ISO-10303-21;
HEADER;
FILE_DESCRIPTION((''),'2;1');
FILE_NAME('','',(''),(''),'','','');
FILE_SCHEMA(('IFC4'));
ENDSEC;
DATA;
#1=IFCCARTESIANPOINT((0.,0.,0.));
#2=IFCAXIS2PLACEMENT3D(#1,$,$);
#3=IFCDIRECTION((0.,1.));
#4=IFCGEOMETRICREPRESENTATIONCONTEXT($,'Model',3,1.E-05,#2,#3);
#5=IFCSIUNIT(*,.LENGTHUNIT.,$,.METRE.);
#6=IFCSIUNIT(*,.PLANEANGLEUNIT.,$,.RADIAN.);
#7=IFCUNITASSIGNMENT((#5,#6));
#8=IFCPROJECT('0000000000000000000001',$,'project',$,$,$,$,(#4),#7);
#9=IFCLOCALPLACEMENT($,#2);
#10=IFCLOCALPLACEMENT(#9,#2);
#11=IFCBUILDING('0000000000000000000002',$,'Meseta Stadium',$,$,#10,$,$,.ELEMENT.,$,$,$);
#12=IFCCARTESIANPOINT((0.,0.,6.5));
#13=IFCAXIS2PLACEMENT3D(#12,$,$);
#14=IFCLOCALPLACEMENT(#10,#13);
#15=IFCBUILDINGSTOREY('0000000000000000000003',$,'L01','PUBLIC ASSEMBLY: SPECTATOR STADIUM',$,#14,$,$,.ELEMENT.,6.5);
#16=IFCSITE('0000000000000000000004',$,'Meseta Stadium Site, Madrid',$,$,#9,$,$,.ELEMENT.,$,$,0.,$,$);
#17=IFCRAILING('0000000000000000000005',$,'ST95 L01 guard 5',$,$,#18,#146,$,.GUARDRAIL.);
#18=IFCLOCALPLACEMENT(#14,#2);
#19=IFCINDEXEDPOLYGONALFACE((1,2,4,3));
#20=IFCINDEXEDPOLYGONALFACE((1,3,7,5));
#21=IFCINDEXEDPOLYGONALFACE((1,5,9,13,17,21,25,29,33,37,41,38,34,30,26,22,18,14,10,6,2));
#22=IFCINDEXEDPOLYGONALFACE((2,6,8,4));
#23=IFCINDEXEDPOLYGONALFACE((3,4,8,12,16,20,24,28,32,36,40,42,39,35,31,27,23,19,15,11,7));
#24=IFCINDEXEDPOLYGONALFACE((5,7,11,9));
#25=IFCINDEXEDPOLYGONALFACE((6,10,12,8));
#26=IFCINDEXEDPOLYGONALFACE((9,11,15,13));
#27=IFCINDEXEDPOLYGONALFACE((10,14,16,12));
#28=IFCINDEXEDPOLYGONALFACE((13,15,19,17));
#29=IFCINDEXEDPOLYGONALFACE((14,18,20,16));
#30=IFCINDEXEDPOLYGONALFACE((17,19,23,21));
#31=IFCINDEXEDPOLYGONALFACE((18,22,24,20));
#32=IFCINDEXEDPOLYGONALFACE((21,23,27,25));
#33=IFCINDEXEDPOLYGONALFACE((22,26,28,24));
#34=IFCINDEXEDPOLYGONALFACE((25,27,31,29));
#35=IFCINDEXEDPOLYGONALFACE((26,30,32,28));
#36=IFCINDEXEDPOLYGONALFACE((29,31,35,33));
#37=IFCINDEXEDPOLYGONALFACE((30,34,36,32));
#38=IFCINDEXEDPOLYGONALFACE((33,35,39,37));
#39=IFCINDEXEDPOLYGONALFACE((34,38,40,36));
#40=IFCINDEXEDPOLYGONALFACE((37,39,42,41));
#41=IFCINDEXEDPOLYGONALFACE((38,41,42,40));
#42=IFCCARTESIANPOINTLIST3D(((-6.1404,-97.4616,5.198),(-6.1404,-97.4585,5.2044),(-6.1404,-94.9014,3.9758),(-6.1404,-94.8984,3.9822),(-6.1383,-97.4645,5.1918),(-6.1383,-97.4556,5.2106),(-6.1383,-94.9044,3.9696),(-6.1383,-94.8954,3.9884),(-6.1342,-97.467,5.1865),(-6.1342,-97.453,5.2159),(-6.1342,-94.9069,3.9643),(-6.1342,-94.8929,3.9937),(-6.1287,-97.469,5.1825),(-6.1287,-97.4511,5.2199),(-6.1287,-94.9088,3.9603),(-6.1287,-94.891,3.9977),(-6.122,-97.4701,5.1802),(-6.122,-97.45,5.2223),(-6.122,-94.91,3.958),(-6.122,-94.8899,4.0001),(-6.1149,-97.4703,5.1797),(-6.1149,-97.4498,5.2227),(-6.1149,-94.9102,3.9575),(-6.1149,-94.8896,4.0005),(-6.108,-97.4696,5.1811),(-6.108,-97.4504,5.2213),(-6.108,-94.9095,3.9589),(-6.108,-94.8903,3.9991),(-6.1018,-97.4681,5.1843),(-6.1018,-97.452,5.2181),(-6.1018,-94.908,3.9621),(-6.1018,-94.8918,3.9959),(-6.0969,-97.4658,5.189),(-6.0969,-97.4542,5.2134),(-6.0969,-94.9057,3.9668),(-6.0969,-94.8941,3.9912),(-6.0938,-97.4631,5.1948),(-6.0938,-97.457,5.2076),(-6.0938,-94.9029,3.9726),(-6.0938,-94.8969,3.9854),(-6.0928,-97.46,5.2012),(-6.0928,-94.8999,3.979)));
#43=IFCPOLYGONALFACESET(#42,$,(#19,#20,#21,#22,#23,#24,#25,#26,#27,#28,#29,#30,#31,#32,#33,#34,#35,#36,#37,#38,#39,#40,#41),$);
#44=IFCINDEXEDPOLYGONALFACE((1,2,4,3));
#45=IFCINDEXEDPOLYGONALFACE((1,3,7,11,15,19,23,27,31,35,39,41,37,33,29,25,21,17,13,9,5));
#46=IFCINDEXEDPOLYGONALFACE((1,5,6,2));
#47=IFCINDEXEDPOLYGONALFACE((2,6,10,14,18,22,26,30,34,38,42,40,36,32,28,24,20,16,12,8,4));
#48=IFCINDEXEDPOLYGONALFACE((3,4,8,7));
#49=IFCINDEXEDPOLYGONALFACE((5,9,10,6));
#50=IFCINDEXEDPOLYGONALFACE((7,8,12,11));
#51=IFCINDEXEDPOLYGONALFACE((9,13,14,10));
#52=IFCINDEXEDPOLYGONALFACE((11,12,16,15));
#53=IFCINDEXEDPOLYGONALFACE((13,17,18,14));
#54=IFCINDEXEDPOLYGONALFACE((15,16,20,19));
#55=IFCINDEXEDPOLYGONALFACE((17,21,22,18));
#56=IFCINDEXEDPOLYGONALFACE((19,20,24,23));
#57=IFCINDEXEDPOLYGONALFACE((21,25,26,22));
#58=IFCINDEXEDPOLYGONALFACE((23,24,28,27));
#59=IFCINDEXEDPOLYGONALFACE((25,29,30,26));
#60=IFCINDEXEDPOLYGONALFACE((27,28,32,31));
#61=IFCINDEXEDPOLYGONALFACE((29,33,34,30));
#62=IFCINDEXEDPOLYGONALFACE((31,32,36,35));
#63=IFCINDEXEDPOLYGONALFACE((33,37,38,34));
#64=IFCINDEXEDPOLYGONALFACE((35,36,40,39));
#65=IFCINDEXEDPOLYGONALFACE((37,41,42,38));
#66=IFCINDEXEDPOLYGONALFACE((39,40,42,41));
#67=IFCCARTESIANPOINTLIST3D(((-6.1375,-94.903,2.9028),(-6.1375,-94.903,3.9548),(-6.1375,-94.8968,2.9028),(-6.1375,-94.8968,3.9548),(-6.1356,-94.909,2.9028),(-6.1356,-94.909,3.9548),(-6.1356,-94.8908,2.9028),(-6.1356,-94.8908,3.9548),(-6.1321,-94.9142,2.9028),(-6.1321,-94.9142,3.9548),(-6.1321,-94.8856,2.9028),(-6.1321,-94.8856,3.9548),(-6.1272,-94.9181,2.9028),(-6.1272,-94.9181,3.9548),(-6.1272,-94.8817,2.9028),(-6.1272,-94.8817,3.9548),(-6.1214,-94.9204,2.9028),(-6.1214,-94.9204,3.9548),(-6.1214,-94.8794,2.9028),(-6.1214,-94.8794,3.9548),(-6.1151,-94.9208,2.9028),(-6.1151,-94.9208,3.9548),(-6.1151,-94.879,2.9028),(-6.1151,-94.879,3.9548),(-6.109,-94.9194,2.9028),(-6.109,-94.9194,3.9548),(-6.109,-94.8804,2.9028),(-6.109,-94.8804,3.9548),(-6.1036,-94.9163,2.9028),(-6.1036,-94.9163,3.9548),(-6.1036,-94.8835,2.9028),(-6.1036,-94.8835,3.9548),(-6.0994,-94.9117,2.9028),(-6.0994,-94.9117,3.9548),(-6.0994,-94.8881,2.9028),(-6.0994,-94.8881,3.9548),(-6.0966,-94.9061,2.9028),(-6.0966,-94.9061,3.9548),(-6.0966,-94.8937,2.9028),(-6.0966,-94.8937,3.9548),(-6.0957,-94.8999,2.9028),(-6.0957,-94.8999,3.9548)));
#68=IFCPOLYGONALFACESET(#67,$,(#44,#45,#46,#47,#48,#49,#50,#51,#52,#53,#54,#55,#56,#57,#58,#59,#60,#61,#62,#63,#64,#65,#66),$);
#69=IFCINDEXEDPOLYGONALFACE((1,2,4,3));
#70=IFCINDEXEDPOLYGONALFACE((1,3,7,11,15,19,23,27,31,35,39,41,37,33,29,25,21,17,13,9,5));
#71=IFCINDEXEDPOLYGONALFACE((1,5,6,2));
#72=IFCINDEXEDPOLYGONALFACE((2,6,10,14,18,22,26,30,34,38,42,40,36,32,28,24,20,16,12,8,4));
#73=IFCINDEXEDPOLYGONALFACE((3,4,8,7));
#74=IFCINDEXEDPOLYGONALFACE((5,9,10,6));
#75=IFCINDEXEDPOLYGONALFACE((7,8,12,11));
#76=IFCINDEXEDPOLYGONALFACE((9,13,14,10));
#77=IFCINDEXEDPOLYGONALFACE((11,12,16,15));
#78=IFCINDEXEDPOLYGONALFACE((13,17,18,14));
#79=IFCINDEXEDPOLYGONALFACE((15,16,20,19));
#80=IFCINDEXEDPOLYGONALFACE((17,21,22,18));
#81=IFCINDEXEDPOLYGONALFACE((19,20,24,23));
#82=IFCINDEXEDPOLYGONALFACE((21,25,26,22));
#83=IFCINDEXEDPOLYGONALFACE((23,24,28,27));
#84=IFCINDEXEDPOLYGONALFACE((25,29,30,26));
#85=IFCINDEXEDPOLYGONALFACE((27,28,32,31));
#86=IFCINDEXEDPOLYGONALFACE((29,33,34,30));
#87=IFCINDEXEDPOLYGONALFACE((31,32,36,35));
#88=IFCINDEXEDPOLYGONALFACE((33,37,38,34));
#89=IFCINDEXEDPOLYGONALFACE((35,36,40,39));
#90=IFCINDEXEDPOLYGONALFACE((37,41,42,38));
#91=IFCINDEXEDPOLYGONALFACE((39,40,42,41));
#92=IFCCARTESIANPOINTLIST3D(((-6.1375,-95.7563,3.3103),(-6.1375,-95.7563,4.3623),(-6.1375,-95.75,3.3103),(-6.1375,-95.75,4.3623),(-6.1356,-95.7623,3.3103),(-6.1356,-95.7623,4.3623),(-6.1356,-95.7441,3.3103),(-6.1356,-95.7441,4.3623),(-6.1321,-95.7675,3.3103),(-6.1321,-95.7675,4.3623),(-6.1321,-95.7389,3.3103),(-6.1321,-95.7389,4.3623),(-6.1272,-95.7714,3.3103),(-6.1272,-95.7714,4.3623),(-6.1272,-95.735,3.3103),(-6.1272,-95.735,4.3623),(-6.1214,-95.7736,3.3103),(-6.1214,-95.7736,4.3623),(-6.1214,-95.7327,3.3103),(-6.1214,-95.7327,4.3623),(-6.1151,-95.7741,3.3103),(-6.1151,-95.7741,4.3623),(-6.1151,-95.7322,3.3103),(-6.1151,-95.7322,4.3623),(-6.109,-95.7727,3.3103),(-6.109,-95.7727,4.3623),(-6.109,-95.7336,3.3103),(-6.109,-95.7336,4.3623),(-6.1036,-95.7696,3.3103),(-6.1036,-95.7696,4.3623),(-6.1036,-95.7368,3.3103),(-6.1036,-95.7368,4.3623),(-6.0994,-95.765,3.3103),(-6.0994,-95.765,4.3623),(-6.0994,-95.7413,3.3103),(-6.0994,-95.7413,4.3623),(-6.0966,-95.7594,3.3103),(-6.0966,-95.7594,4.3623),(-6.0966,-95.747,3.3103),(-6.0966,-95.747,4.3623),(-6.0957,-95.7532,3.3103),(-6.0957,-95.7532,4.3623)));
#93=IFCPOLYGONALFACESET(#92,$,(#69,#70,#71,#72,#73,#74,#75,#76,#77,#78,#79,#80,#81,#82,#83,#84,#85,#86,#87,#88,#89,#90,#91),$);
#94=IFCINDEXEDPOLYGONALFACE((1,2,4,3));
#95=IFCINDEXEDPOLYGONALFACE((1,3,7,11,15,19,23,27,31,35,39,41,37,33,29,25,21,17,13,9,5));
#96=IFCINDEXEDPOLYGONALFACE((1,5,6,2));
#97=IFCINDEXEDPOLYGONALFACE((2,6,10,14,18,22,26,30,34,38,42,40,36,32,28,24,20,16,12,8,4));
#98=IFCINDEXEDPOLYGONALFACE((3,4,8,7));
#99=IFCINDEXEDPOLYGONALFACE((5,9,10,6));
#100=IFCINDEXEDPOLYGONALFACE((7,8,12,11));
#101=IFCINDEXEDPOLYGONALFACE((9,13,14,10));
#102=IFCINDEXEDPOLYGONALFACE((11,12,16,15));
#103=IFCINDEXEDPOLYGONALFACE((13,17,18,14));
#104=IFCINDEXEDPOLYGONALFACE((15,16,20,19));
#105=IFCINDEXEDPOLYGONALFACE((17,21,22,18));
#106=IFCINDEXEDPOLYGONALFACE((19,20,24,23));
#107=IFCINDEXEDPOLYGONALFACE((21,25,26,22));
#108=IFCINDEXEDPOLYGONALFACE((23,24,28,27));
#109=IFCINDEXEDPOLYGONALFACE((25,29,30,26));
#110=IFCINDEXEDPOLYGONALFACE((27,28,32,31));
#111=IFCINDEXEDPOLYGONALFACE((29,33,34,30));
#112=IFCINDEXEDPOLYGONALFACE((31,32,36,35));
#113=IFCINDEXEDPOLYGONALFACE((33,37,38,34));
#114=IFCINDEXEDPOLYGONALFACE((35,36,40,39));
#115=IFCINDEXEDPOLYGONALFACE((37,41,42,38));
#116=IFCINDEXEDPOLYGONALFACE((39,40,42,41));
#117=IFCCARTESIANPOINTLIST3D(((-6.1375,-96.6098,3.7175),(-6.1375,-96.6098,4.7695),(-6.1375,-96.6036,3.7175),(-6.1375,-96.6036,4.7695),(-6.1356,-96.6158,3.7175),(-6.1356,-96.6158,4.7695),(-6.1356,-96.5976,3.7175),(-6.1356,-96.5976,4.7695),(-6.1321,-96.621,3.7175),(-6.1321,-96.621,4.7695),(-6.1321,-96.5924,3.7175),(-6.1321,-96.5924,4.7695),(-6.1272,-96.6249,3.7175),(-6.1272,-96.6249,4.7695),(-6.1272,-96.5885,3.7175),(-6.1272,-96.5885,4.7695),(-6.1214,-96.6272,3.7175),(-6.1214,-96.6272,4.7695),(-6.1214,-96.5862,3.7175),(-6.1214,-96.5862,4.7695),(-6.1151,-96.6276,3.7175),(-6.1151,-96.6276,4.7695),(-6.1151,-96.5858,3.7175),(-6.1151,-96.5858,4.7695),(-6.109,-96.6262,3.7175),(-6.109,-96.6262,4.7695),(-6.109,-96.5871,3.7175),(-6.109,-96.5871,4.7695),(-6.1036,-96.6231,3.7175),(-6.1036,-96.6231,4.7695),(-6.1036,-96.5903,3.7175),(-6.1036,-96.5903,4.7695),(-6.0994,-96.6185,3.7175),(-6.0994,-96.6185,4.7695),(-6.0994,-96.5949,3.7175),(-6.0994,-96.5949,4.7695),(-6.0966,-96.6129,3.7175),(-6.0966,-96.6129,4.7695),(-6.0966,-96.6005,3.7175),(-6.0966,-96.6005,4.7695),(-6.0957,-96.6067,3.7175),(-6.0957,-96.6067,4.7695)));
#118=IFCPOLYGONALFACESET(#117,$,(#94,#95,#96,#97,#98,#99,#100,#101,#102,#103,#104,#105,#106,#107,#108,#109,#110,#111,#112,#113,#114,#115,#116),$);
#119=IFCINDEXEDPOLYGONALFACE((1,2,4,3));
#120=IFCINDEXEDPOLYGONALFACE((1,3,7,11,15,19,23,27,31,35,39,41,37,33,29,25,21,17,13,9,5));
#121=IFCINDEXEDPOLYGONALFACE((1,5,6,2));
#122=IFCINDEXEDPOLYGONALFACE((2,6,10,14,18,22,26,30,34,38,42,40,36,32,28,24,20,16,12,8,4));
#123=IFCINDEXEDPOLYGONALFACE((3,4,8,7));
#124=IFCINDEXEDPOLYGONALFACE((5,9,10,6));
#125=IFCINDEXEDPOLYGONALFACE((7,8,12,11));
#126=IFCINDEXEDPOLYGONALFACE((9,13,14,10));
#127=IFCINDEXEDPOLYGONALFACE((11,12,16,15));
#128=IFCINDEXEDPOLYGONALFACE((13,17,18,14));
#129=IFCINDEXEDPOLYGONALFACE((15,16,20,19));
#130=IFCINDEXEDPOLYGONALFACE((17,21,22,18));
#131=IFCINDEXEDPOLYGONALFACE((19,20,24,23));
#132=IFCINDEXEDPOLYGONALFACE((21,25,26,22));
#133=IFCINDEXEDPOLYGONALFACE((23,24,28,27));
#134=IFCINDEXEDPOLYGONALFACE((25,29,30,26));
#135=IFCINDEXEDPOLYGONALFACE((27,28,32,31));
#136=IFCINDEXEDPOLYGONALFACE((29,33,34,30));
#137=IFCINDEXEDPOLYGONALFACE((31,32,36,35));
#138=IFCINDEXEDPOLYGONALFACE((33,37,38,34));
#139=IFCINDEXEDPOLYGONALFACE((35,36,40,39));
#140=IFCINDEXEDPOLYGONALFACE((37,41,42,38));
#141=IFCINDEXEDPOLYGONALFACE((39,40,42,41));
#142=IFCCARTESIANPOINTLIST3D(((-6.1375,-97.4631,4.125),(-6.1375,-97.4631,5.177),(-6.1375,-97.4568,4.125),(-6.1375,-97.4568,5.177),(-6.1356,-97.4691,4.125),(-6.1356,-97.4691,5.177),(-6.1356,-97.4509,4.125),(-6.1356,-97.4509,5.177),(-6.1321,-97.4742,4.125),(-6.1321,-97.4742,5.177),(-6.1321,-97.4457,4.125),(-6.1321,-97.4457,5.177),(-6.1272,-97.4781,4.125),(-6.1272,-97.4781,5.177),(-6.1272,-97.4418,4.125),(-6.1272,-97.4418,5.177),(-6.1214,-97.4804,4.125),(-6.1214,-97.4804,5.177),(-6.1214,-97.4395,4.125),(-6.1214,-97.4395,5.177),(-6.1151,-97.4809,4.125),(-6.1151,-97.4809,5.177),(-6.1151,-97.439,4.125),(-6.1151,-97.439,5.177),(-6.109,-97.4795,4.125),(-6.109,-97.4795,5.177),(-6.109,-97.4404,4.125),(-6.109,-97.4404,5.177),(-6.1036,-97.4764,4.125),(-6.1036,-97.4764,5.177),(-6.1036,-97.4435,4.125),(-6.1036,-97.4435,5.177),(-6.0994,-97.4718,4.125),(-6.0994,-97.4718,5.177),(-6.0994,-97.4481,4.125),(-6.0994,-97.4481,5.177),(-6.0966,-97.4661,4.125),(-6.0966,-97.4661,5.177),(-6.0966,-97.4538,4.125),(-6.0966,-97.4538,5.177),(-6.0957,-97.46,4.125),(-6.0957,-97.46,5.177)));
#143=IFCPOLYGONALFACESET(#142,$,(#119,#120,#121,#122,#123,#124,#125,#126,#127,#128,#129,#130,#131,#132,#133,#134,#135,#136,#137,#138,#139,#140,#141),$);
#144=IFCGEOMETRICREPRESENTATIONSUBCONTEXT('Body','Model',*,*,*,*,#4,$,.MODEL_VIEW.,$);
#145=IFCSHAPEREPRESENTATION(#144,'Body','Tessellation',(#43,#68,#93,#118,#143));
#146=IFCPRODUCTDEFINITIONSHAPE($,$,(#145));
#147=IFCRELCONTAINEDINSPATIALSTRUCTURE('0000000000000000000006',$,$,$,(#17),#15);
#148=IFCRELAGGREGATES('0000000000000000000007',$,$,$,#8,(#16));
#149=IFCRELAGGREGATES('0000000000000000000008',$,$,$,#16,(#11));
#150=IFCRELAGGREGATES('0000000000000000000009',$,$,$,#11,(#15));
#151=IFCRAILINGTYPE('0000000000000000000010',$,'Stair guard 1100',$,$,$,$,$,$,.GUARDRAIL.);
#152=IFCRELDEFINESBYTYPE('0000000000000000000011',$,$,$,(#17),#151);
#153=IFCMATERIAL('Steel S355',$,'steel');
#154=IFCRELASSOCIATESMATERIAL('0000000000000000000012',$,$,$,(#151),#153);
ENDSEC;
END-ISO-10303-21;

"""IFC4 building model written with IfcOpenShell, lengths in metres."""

from ifc_helpers import new_model, si_unit, direction, frame, origin, origin_2d, place, context, subcontext, project, spatial, circle, extrude, material, type_object, element, save


model = new_model("IFC4")

# Units and contexts
model_context = context("Model", 3, precision=1e-05, world=origin(), true_north=direction((0.0, 1.0)))
body_context = subcontext(model_context, "Body", "Model", "MODEL_VIEW")
ifc_project = project(units=[si_unit("LENGTHUNIT", "METRE"), si_unit("PLANEANGLEUNIT", "RADIAN")], contexts=[model_context])

# Site, building, storey
site_placement = place(None, origin())
site = spatial("IfcSite", under=ifc_project, at=site_placement, Name="Meseta Stadium Site, Madrid", CompositionType="ELEMENT", RefElevation=0.0)
building_placement = place(site_placement, origin())
building = spatial("IfcBuilding", under=site, at=building_placement, Name="Meseta Stadium", CompositionType="ELEMENT")
storey_placement = place(building_placement, frame((0.0, 0.0, 6.5)))
storey = spatial("IfcBuildingStorey", under=building, at=storey_placement, Name="L01", Description="PUBLIC ASSEMBLY: SPECTATOR STADIUM", CompositionType="ELEMENT", Elevation=6.5)

# Railing
ifc_material_1 = material(Name="Steel S355", Category="steel")
railing_type_1 = type_object("IfcRailingType", Name="Stair guard 1100", PredefinedType="GUARDRAIL", material=ifc_material_1)
railing_1_placement = place(storey_placement, frame((-6.1167, -94.8999, 2.9028)))
element("IfcRailing", 1, at=railing_1_placement, inside=storey, type_object=railing_type_1, Name="ST95 L01 guard 5", PredefinedType="GUARDRAIL", context=body_context, shape_type="SweptSolid", body=[
    extrude(circle(Radius=0.0239, at=origin_2d()), frame((0.0, 0.0, 1.0762), z_axis=(0.0, -0.902437, 0.430822), x_axis=(1.0, 0.0, 0.0)), (0.0, 0.0, 1.0), 2.8369),
    extrude(circle(Radius=0.021, at=origin_2d()), origin(), (0.0, 0.0, 1.0), 1.052),
    extrude(circle(Radius=0.021, at=origin_2d()), frame((0.0, -0.8533, 0.4075)), (0.0, 0.0, 1.0), 1.052),
    extrude(circle(Radius=0.021, at=origin_2d()), frame((0.0, -1.7068, 0.8147)), (0.0, 0.0, 1.0), 1.052),
    extrude(circle(Radius=0.021, at=origin_2d()), frame((0.0, -2.5601, 1.2222)), (0.0, 0.0, 1.0), 1.052),
])

save(model, "model.ifc")
